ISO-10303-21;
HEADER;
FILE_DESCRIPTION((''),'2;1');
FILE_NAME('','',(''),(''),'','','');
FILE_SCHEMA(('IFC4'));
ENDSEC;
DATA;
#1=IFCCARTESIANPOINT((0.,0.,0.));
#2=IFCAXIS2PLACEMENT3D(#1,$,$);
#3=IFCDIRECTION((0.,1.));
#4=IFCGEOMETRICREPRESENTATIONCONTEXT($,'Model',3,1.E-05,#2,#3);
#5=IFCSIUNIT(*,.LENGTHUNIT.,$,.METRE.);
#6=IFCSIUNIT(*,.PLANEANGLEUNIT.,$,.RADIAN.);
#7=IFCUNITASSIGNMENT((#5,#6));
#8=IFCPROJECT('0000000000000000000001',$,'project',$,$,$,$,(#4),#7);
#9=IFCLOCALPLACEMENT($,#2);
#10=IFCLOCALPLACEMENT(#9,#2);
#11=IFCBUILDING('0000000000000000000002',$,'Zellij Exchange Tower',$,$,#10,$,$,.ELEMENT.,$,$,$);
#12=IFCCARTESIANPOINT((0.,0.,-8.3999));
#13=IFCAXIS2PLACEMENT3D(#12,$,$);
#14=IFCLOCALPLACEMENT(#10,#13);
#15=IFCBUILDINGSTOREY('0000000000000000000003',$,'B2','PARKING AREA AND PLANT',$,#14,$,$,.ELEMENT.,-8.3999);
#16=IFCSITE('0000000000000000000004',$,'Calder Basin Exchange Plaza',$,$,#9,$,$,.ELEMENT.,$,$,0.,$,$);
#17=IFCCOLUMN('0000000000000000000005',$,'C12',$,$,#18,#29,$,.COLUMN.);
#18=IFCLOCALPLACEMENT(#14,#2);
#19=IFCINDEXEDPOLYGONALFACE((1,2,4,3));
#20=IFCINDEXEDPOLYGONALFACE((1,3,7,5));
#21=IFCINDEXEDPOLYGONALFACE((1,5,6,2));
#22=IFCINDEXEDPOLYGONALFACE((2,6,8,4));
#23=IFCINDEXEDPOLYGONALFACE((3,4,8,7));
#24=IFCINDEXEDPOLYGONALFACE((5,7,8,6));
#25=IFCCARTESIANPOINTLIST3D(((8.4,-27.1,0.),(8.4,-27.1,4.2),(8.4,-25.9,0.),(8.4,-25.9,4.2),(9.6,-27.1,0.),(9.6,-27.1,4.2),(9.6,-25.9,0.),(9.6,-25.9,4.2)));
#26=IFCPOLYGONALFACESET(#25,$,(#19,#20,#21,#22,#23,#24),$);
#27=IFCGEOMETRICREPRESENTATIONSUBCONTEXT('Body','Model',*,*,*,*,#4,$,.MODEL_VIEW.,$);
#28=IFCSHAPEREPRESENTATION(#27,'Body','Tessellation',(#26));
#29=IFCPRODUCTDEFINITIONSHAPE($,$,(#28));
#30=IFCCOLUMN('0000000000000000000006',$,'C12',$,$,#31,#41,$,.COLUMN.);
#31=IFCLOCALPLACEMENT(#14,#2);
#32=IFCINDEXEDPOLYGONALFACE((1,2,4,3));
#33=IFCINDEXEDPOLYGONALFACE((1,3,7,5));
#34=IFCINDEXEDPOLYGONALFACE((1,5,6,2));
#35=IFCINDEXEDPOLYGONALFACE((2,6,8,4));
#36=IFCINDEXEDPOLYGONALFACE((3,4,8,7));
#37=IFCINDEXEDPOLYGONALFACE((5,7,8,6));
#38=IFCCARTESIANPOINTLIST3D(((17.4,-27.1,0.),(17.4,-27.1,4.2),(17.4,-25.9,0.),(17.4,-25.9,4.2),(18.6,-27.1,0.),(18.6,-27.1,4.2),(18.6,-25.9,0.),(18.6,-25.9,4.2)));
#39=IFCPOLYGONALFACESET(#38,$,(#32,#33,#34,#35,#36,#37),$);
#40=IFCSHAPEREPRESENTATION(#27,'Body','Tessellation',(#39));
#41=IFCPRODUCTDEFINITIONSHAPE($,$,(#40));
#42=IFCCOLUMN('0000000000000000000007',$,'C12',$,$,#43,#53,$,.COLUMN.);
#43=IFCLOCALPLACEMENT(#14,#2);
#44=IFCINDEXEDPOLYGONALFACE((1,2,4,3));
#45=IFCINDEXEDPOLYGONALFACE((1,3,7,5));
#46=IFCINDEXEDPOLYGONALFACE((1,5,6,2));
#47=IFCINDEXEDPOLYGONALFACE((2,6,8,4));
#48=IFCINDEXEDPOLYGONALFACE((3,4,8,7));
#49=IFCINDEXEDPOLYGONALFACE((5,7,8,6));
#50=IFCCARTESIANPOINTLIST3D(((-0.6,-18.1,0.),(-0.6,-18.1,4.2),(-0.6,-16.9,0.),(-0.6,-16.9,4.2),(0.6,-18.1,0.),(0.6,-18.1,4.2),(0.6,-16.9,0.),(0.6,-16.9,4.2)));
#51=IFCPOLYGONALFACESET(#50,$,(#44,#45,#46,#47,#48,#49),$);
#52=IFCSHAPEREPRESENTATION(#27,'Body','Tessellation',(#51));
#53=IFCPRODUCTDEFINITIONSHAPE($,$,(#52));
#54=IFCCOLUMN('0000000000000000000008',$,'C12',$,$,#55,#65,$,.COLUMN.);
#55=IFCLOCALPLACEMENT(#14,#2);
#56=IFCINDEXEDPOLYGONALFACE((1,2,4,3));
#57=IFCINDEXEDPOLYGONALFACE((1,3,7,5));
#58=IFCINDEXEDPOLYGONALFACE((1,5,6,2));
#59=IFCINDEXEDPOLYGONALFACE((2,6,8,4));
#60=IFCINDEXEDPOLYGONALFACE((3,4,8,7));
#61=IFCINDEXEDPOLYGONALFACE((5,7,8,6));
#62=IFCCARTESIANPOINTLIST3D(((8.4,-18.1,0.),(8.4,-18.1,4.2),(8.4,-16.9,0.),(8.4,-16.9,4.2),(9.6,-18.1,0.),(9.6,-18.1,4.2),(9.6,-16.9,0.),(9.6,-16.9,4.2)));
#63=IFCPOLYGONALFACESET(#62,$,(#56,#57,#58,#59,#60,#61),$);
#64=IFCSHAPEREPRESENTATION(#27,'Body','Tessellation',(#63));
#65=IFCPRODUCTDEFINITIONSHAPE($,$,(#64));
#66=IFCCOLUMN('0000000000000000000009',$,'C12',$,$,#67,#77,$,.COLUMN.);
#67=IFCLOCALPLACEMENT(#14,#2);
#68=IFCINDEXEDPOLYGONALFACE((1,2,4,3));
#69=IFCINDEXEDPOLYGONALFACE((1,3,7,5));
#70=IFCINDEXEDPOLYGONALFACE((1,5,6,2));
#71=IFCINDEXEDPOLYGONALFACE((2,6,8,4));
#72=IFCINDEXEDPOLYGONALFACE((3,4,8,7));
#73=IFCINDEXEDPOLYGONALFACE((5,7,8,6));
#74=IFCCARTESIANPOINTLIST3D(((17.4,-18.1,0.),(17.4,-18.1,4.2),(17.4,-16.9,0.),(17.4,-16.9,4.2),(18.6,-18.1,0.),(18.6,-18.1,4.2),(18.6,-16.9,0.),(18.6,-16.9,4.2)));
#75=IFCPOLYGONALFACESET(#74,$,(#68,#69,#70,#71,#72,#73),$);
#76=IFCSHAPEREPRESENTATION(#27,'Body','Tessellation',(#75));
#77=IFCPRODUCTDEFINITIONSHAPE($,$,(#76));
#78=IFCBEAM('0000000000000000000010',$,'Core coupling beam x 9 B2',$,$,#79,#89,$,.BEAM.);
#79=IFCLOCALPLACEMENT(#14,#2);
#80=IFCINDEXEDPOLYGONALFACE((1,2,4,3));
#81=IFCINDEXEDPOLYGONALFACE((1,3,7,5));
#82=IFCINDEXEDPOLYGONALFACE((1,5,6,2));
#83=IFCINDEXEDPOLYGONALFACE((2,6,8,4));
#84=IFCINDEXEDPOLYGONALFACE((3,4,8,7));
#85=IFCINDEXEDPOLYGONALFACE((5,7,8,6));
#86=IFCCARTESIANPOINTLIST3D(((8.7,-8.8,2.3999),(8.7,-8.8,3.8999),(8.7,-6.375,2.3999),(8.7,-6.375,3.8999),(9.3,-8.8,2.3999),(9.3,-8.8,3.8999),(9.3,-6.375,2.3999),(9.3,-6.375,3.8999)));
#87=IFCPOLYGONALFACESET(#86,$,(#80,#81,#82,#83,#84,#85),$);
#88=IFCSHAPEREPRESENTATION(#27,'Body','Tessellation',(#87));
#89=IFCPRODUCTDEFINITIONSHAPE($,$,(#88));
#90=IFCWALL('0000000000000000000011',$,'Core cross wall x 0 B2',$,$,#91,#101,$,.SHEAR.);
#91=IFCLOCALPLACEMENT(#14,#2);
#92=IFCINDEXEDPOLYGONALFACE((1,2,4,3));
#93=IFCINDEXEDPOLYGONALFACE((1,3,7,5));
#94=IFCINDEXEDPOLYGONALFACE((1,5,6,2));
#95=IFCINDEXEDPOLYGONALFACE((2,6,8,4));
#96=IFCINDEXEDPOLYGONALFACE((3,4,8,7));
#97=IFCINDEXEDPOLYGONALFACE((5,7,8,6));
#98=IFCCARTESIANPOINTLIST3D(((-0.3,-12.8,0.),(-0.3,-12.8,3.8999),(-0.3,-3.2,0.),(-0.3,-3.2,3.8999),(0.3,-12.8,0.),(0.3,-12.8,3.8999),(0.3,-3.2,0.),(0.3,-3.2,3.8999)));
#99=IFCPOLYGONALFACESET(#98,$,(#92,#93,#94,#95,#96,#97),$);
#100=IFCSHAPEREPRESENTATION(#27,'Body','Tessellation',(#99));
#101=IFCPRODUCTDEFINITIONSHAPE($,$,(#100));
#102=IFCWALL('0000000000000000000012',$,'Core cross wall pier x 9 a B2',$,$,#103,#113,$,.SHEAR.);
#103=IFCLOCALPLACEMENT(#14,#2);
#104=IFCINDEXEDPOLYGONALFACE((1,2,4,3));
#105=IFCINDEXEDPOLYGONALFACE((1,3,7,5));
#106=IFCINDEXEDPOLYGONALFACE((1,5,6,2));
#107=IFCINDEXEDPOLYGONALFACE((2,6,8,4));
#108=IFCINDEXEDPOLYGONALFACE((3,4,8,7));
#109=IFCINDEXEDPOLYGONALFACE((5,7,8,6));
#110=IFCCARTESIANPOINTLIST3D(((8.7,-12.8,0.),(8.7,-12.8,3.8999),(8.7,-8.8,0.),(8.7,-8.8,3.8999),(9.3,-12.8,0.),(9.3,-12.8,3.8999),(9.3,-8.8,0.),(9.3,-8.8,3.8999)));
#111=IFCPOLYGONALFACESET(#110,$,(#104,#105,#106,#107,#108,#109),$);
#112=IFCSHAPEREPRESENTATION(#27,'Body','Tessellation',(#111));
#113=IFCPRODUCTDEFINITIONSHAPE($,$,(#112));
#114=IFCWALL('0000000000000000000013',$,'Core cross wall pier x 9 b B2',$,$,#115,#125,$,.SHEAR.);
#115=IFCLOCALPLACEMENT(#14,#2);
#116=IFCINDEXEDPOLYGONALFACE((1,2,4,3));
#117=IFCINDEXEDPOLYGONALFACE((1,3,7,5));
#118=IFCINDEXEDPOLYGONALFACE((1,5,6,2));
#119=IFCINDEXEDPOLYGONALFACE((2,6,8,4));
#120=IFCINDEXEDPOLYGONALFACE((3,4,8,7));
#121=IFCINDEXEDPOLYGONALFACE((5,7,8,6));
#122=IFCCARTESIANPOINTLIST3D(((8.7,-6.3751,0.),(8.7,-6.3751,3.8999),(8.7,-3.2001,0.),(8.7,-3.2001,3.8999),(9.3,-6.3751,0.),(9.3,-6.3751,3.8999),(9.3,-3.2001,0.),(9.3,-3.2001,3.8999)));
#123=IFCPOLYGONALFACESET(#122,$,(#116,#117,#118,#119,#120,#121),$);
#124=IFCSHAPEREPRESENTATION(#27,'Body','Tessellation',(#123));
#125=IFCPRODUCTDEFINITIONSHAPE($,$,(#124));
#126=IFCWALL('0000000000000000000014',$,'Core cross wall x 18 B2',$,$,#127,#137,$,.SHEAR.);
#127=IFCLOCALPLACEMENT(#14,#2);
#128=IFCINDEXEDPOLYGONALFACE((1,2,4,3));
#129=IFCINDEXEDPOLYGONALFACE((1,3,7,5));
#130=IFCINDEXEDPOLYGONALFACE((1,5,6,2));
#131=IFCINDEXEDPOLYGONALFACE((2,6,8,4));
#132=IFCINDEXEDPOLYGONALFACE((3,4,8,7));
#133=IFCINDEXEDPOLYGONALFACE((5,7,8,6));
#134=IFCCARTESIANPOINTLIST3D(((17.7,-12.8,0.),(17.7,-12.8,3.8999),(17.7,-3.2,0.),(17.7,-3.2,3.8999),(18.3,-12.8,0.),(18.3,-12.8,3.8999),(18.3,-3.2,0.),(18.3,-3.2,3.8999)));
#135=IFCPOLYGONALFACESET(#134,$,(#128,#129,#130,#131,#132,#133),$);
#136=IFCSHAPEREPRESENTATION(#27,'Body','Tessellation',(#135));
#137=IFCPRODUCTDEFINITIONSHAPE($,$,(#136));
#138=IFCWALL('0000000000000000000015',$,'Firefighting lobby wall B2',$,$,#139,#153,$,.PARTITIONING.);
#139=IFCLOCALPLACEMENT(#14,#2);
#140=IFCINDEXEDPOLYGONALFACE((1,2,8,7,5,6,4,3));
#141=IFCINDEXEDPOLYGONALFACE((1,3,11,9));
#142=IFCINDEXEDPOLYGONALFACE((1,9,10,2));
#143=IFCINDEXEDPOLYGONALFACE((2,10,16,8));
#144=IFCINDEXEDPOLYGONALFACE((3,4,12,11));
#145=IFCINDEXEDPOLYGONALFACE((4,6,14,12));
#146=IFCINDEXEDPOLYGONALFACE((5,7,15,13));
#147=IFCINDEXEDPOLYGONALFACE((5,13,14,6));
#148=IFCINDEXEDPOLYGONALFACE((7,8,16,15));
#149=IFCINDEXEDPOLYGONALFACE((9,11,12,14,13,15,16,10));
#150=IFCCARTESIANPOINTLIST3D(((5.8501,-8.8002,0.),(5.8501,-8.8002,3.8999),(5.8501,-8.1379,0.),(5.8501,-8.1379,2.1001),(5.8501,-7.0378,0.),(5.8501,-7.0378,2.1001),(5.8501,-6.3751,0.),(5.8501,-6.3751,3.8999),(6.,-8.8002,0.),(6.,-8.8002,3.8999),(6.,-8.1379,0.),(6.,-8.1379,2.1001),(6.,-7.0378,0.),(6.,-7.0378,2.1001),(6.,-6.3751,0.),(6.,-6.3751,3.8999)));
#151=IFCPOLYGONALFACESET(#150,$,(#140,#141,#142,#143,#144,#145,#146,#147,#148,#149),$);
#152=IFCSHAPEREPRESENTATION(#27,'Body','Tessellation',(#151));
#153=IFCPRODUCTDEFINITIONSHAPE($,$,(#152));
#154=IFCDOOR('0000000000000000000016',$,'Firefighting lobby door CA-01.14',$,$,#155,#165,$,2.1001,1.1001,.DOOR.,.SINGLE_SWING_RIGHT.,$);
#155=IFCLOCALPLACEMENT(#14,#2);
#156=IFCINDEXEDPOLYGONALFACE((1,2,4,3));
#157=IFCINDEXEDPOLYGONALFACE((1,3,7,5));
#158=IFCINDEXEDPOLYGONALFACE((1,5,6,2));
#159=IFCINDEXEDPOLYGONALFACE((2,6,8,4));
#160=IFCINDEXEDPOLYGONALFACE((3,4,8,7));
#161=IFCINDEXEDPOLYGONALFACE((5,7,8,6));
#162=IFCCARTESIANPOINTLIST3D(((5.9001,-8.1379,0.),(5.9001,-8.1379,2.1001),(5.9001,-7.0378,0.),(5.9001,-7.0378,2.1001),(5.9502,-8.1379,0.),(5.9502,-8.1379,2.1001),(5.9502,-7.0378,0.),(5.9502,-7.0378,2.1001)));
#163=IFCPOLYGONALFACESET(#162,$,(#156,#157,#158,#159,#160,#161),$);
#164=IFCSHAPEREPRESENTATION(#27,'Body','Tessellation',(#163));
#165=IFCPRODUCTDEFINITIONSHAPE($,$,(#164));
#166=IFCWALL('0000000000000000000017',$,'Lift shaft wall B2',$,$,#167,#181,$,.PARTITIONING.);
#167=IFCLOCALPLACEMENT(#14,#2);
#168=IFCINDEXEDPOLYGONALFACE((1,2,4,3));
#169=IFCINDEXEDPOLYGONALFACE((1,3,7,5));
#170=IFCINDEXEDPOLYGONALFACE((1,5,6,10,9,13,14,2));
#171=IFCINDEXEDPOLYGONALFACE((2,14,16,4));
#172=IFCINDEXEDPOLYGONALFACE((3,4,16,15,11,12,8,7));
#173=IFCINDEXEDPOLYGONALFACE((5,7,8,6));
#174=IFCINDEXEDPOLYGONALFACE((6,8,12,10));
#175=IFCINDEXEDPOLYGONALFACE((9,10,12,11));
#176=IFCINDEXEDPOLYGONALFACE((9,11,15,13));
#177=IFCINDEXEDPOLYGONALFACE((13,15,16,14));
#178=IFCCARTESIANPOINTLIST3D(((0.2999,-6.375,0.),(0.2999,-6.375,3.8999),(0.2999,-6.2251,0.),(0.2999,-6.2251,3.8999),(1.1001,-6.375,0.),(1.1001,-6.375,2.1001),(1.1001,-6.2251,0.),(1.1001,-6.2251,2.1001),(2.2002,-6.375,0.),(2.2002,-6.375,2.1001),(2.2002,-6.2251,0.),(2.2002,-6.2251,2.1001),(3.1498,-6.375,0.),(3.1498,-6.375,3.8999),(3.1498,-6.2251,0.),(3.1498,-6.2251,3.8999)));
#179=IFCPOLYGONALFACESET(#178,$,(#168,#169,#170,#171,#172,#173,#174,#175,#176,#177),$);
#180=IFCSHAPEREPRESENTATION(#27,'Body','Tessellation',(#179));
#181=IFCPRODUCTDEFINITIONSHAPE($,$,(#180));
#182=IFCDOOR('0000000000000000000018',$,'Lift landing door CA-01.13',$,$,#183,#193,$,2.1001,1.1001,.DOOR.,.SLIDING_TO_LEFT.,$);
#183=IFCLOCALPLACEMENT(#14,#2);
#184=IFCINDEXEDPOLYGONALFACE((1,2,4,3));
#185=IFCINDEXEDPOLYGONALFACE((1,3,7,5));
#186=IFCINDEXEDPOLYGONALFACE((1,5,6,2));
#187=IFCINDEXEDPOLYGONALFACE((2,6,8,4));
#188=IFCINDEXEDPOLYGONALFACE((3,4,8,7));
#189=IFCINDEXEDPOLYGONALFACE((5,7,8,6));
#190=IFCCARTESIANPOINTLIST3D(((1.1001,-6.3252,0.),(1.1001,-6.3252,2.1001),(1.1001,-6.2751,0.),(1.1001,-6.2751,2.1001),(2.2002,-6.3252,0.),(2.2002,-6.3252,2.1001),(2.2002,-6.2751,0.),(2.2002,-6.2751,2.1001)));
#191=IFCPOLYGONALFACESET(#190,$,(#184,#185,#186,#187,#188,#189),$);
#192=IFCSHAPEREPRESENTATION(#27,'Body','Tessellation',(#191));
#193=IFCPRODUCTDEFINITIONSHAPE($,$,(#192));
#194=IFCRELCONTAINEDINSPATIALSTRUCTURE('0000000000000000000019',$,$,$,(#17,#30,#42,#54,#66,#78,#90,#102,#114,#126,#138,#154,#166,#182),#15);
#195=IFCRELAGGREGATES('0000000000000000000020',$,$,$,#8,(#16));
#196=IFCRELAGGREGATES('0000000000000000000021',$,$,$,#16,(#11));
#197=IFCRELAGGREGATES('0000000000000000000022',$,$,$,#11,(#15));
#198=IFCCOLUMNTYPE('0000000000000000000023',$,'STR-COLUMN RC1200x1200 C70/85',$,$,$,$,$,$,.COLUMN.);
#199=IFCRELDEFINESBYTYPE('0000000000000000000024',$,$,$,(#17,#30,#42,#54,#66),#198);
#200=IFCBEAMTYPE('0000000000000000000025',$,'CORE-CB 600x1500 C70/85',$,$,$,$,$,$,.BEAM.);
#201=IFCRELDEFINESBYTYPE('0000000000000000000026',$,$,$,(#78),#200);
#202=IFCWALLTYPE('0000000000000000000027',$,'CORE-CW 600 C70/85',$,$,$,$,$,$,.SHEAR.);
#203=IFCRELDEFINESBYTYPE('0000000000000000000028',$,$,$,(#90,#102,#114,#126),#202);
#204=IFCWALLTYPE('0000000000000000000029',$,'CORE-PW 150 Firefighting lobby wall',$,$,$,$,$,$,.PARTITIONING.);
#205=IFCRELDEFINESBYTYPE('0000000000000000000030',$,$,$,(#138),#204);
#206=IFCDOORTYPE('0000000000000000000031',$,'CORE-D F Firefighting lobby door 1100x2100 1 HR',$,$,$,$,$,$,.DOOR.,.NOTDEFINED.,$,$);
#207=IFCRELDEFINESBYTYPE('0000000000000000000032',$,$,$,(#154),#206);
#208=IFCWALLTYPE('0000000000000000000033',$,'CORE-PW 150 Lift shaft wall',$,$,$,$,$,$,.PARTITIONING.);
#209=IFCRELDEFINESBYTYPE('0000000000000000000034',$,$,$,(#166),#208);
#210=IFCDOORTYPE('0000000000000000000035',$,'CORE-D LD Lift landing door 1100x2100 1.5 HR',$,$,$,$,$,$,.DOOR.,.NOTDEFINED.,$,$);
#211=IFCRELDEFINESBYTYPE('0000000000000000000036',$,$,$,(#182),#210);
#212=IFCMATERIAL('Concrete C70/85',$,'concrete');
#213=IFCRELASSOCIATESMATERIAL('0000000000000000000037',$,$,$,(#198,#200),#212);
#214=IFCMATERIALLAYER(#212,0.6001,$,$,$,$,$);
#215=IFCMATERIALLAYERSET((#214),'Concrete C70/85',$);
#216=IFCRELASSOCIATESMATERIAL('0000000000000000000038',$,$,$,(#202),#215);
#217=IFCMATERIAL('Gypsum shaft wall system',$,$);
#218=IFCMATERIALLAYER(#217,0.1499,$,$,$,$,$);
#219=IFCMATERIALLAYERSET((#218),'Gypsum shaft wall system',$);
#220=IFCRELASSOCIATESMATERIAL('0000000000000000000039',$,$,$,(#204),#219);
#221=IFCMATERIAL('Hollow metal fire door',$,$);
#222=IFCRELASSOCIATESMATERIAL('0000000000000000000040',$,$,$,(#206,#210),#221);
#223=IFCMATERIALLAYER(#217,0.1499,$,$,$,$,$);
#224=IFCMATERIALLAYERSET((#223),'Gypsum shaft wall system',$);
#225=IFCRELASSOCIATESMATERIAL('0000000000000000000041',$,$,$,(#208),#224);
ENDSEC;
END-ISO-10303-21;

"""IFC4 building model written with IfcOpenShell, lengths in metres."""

from ifc_helpers import new_model, si_unit, direction, frame, frame_2d, origin, origin_2d, place, context, subcontext, project, spatial, rectangle, extrude, material, layer, layer_set, material_profile, profile_set, type_object, element, fill, save


model = new_model("IFC4")

# Units and contexts
model_context = context("Model", 3, precision=1e-05, world=origin(), true_north=direction((0.0, 1.0)))
body_context = subcontext(model_context, "Body", "Model", "MODEL_VIEW")
ifc_project = project(units=[si_unit("LENGTHUNIT", "METRE"), si_unit("PLANEANGLEUNIT", "RADIAN")], contexts=[model_context])

# Site, building, storey
site_placement = place(None, origin())
site = spatial("IfcSite", under=ifc_project, at=site_placement, Name="Calder Basin Exchange Plaza", CompositionType="ELEMENT", RefElevation=0.0)
building_placement = place(site_placement, origin())
building = spatial("IfcBuilding", under=site, at=building_placement, Name="Zellij Exchange Tower", CompositionType="ELEMENT")
storey_placement = place(building_placement, frame((0.0, 0.0, -8.3999)))
storey = spatial("IfcBuildingStorey", under=building, at=storey_placement, Name="B2", Description="PARKING AREA AND PLANT", CompositionType="ELEMENT", Elevation=-8.3999)

# Columns
ifc_material_1 = material(Name="Concrete C70/85", Category="concrete")
ifc_material_profile_1 = material_profile(ifc_material_1, rectangle(XDim=1.2, YDim=1.2, at=origin_2d()), Name="STR-COLUMN RC1200x1200 C70/85")
ifc_profile_set_1 = profile_set([ifc_material_profile_1], Name="Concrete C70/85")
column_type = type_object("IfcColumnType", Name="STR-COLUMN RC1200x1200 C70/85", PredefinedType="COLUMN", material=ifc_profile_set_1)
for number, where, z_axis, x_axis, name in (
    (1, (9.0, -26.5, 0.0), (0.0, 0.0, 1.0), (1.0, 0.0, 0.0), "C12"),
    (2, (18.0, -26.5, 0.0), (0.0, 0.0, 1.0), (1.0, 0.0, 0.0), "C12"),
    (3, (0.0, -17.5, 0.0), (0.0, 0.0, 1.0), (1.0, 0.0, 0.0), "C12"),
    (4, (9.0, -17.5, 0.0), (0.0, 0.0, 1.0), (1.0, 0.0, 0.0), "C12"),
    (5, (18.0, -17.5, 0.0), (0.0, 0.0, 1.0), (1.0, 0.0, 0.0), "C12"),
):
    element("IfcColumn", number, at=place(storey_placement, frame(where, z_axis=z_axis, x_axis=x_axis)), inside=storey, type_object=column_type, Name=name, PredefinedType="COLUMN", context=body_context, shape_type="SweptSolid", body=[
        extrude(rectangle(XDim=1.2, YDim=1.2, at=origin_2d()), origin(), (0.0, 0.0, 1.0), 4.2),
    ])

# Beam
ifc_material_profile_2 = material_profile(ifc_material_1, rectangle(XDim=0.6001, YDim=1.5, at=origin_2d()), Name="CORE-CB 600x1500 C70/85")
ifc_profile_set_2 = profile_set([ifc_material_profile_2], Name="Concrete C70/85")
beam_type = type_object("IfcBeamType", Name="CORE-CB 600x1500 C70/85", PredefinedType="BEAM", material=ifc_profile_set_2)
beam_placement = place(storey_placement, frame((9.0, -8.8, 3.1499), z_axis=(0.0, 1.0, 0.0), x_axis=(-1.0, 0.0, 0.0)))
element("IfcBeam", 6, at=beam_placement, inside=storey, type_object=beam_type, Name="Core coupling beam x 9 B2", PredefinedType="BEAM", context=body_context, shape_type="SweptSolid", body=[
    extrude(rectangle(XDim=0.6001, YDim=1.5, at=origin_2d()), origin(), (0.0, 0.0, 1.0), 2.425),
])

# Walls
ifc_layer_1 = layer(ifc_material_1, 0.6001)
ifc_layer_set_1 = layer_set([ifc_layer_1], Name="Concrete C70/85")
wall_type_1 = type_object("IfcWallType", Name="CORE-CW 600 C70/85", PredefinedType="SHEAR", material=ifc_layer_set_1)
wall_1_placement = place(storey_placement, frame((0.0, -12.8, 0.0), z_axis=(0.0, 0.0, 1.0), x_axis=(0.0, 1.0, 0.0)))
element("IfcWall", 7, at=wall_1_placement, inside=storey, type_object=wall_type_1, Name="Core cross wall x 0 B2", PredefinedType="SHEAR", context=body_context, shape_type="SweptSolid", body=[
    extrude(rectangle(XDim=9.6001, YDim=0.6001, at=frame_2d((4.8, 0.0))), origin(), (0.0, 0.0, 1.0), 3.8999),
])
wall_2_placement = place(storey_placement, frame((9.0, -12.8, 0.0), z_axis=(0.0, 0.0, 1.0), x_axis=(0.0, 1.0, 0.0)))
element("IfcWall", 8, at=wall_2_placement, inside=storey, type_object=wall_type_1, Name="Core cross wall pier x 9 a B2", PredefinedType="SHEAR", context=body_context, shape_type="SweptSolid", body=[
    extrude(rectangle(XDim=4.0, YDim=0.6001, at=frame_2d((2.0, 0.0))), origin(), (0.0, 0.0, 1.0), 3.8999),
])
wall_3_placement = place(storey_placement, frame((9.0, -6.375, 0.0), z_axis=(0.0, 0.0, 1.0), x_axis=(0.0, 1.0, 0.0)))
element("IfcWall", 9, at=wall_3_placement, inside=storey, type_object=wall_type_1, Name="Core cross wall pier x 9 b B2", PredefinedType="SHEAR", context=body_context, shape_type="SweptSolid", body=[
    extrude(rectangle(XDim=3.175, YDim=0.6001, at=frame_2d((1.5874, 0.0))), origin(), (0.0, 0.0, 1.0), 3.8999),
])
wall_4_placement = place(storey_placement, frame((18.0, -12.8, 0.0), z_axis=(0.0, 0.0, 1.0), x_axis=(0.0, 1.0, 0.0)))
element("IfcWall", 10, at=wall_4_placement, inside=storey, type_object=wall_type_1, Name="Core cross wall x 18 B2", PredefinedType="SHEAR", context=body_context, shape_type="SweptSolid", body=[
    extrude(rectangle(XDim=9.6001, YDim=0.6001, at=frame_2d((4.8, 0.0))), origin(), (0.0, 0.0, 1.0), 3.8999),
])

# Walls, openings, doors
ifc_material_2 = material(Name="Gypsum shaft wall system")
ifc_layer_2 = layer(ifc_material_2, 0.1499)
ifc_layer_set_2 = layer_set([ifc_layer_2], Name="Gypsum shaft wall system")
wall_type_2 = type_object("IfcWallType", Name="CORE-PW 150 Firefighting lobby wall", PredefinedType="PARTITIONING", material=ifc_layer_set_2)
wall_5_placement = place(storey_placement, frame((5.925, -8.8, 0.0), z_axis=(0.0, 0.0, 1.0), x_axis=(0.0, 1.0, 0.0)))
wall_5 = element("IfcWall", 11, at=wall_5_placement, inside=storey, type_object=wall_type_2, Name="Firefighting lobby wall B2", PredefinedType="PARTITIONING", context=body_context, shape_type="SweptSolid", body=[
    extrude(rectangle(XDim=2.425, YDim=0.1499, at=frame_2d((1.2124, 0.0))), origin(), (0.0, 0.0, 1.0), 3.8999),
])
opening_1_placement = place(wall_5_placement, frame((0.6621, 0.0, 0.0)))
opening_1 = element("IfcOpeningElement", 12, at=opening_1_placement, cuts=wall_5, PredefinedType="OPENING", context=body_context, shape_type="SweptSolid", body=[
    extrude(rectangle(XDim=1.1001, YDim=2.1001, at=frame_2d((0.55, 1.05))), frame((0.0, 0.0869, 0.0), z_axis=(0.0, -1.0, 0.0), x_axis=(1.0, 0.0, 0.0)), (0.0, 0.0, 1.0), 0.1738),
])
ifc_material_3 = material(Name="Hollow metal fire door")
door_type_1 = type_object("IfcDoorType", Name="CORE-D F Firefighting lobby door 1100x2100 1 HR", OperationType="NOTDEFINED", PredefinedType="DOOR", material=ifc_material_3)
door_1_placement = place(opening_1_placement, origin())
door_1 = element("IfcDoor", 13, at=door_1_placement, inside=storey, type_object=door_type_1, Name="Firefighting lobby door CA-01.14", OperationType="SINGLE_SWING_RIGHT", OverallHeight=2.1001, OverallWidth=1.1001, PredefinedType="DOOR", context=body_context, shape_type="SweptSolid", body=[
    extrude(rectangle(XDim=1.1001, YDim=2.1001, at=frame_2d((0.55, 1.05))), frame((0.0, 0.0249, 0.0), z_axis=(0.0, -1.0, 0.0), x_axis=(1.0, 0.0, 0.0)), (0.0, 0.0, 1.0), 0.05),
])
fill(opening_1, door_1)
ifc_layer_3 = layer(ifc_material_2, 0.1499)
ifc_layer_set_3 = layer_set([ifc_layer_3], Name="Gypsum shaft wall system")
wall_type_3 = type_object("IfcWallType", Name="CORE-PW 150 Lift shaft wall", PredefinedType="PARTITIONING", material=ifc_layer_set_3)
wall_6_placement = place(storey_placement, frame((0.3, -6.3, 0.0), z_axis=(0.0, 0.0, 1.0), x_axis=(1.0, 0.0, 0.0)))
wall_6 = element("IfcWall", 14, at=wall_6_placement, inside=storey, type_object=wall_type_3, Name="Lift shaft wall B2", PredefinedType="PARTITIONING", context=body_context, shape_type="SweptSolid", body=[
    extrude(rectangle(XDim=2.8499, YDim=0.1499, at=frame_2d((1.4248, 0.0))), origin(), (0.0, 0.0, 1.0), 3.8999),
])
opening_2_placement = place(wall_6_placement, frame((0.8, 0.0, 0.0)))
opening_2 = element("IfcOpeningElement", 15, at=opening_2_placement, cuts=wall_6, PredefinedType="OPENING", context=body_context, shape_type="SweptSolid", body=[
    extrude(rectangle(XDim=1.1001, YDim=2.1001, at=frame_2d((0.55, 1.05))), frame((0.0, 0.0869, 0.0), z_axis=(0.0, -1.0, 0.0), x_axis=(1.0, 0.0, 0.0)), (0.0, 0.0, 1.0), 0.1738),
])
door_type_2 = type_object("IfcDoorType", Name="CORE-D LD Lift landing door 1100x2100 1.5 HR", OperationType="NOTDEFINED", PredefinedType="DOOR", material=ifc_material_3)
door_2_placement = place(opening_2_placement, origin())
door_2 = element("IfcDoor", 16, at=door_2_placement, inside=storey, type_object=door_type_2, Name="Lift landing door CA-01.13", OperationType="SLIDING_TO_LEFT", OverallHeight=2.1001, OverallWidth=1.1001, PredefinedType="DOOR", context=body_context, shape_type="SweptSolid", body=[
    extrude(rectangle(XDim=1.1001, YDim=2.1001, at=frame_2d((0.55, 1.05))), frame((0.0, 0.0249, 0.0), z_axis=(0.0, -1.0, 0.0), x_axis=(1.0, 0.0, 0.0)), (0.0, 0.0, 1.0), 0.05),
])
fill(opening_2, door_2)

save(model, "model.ifc")
